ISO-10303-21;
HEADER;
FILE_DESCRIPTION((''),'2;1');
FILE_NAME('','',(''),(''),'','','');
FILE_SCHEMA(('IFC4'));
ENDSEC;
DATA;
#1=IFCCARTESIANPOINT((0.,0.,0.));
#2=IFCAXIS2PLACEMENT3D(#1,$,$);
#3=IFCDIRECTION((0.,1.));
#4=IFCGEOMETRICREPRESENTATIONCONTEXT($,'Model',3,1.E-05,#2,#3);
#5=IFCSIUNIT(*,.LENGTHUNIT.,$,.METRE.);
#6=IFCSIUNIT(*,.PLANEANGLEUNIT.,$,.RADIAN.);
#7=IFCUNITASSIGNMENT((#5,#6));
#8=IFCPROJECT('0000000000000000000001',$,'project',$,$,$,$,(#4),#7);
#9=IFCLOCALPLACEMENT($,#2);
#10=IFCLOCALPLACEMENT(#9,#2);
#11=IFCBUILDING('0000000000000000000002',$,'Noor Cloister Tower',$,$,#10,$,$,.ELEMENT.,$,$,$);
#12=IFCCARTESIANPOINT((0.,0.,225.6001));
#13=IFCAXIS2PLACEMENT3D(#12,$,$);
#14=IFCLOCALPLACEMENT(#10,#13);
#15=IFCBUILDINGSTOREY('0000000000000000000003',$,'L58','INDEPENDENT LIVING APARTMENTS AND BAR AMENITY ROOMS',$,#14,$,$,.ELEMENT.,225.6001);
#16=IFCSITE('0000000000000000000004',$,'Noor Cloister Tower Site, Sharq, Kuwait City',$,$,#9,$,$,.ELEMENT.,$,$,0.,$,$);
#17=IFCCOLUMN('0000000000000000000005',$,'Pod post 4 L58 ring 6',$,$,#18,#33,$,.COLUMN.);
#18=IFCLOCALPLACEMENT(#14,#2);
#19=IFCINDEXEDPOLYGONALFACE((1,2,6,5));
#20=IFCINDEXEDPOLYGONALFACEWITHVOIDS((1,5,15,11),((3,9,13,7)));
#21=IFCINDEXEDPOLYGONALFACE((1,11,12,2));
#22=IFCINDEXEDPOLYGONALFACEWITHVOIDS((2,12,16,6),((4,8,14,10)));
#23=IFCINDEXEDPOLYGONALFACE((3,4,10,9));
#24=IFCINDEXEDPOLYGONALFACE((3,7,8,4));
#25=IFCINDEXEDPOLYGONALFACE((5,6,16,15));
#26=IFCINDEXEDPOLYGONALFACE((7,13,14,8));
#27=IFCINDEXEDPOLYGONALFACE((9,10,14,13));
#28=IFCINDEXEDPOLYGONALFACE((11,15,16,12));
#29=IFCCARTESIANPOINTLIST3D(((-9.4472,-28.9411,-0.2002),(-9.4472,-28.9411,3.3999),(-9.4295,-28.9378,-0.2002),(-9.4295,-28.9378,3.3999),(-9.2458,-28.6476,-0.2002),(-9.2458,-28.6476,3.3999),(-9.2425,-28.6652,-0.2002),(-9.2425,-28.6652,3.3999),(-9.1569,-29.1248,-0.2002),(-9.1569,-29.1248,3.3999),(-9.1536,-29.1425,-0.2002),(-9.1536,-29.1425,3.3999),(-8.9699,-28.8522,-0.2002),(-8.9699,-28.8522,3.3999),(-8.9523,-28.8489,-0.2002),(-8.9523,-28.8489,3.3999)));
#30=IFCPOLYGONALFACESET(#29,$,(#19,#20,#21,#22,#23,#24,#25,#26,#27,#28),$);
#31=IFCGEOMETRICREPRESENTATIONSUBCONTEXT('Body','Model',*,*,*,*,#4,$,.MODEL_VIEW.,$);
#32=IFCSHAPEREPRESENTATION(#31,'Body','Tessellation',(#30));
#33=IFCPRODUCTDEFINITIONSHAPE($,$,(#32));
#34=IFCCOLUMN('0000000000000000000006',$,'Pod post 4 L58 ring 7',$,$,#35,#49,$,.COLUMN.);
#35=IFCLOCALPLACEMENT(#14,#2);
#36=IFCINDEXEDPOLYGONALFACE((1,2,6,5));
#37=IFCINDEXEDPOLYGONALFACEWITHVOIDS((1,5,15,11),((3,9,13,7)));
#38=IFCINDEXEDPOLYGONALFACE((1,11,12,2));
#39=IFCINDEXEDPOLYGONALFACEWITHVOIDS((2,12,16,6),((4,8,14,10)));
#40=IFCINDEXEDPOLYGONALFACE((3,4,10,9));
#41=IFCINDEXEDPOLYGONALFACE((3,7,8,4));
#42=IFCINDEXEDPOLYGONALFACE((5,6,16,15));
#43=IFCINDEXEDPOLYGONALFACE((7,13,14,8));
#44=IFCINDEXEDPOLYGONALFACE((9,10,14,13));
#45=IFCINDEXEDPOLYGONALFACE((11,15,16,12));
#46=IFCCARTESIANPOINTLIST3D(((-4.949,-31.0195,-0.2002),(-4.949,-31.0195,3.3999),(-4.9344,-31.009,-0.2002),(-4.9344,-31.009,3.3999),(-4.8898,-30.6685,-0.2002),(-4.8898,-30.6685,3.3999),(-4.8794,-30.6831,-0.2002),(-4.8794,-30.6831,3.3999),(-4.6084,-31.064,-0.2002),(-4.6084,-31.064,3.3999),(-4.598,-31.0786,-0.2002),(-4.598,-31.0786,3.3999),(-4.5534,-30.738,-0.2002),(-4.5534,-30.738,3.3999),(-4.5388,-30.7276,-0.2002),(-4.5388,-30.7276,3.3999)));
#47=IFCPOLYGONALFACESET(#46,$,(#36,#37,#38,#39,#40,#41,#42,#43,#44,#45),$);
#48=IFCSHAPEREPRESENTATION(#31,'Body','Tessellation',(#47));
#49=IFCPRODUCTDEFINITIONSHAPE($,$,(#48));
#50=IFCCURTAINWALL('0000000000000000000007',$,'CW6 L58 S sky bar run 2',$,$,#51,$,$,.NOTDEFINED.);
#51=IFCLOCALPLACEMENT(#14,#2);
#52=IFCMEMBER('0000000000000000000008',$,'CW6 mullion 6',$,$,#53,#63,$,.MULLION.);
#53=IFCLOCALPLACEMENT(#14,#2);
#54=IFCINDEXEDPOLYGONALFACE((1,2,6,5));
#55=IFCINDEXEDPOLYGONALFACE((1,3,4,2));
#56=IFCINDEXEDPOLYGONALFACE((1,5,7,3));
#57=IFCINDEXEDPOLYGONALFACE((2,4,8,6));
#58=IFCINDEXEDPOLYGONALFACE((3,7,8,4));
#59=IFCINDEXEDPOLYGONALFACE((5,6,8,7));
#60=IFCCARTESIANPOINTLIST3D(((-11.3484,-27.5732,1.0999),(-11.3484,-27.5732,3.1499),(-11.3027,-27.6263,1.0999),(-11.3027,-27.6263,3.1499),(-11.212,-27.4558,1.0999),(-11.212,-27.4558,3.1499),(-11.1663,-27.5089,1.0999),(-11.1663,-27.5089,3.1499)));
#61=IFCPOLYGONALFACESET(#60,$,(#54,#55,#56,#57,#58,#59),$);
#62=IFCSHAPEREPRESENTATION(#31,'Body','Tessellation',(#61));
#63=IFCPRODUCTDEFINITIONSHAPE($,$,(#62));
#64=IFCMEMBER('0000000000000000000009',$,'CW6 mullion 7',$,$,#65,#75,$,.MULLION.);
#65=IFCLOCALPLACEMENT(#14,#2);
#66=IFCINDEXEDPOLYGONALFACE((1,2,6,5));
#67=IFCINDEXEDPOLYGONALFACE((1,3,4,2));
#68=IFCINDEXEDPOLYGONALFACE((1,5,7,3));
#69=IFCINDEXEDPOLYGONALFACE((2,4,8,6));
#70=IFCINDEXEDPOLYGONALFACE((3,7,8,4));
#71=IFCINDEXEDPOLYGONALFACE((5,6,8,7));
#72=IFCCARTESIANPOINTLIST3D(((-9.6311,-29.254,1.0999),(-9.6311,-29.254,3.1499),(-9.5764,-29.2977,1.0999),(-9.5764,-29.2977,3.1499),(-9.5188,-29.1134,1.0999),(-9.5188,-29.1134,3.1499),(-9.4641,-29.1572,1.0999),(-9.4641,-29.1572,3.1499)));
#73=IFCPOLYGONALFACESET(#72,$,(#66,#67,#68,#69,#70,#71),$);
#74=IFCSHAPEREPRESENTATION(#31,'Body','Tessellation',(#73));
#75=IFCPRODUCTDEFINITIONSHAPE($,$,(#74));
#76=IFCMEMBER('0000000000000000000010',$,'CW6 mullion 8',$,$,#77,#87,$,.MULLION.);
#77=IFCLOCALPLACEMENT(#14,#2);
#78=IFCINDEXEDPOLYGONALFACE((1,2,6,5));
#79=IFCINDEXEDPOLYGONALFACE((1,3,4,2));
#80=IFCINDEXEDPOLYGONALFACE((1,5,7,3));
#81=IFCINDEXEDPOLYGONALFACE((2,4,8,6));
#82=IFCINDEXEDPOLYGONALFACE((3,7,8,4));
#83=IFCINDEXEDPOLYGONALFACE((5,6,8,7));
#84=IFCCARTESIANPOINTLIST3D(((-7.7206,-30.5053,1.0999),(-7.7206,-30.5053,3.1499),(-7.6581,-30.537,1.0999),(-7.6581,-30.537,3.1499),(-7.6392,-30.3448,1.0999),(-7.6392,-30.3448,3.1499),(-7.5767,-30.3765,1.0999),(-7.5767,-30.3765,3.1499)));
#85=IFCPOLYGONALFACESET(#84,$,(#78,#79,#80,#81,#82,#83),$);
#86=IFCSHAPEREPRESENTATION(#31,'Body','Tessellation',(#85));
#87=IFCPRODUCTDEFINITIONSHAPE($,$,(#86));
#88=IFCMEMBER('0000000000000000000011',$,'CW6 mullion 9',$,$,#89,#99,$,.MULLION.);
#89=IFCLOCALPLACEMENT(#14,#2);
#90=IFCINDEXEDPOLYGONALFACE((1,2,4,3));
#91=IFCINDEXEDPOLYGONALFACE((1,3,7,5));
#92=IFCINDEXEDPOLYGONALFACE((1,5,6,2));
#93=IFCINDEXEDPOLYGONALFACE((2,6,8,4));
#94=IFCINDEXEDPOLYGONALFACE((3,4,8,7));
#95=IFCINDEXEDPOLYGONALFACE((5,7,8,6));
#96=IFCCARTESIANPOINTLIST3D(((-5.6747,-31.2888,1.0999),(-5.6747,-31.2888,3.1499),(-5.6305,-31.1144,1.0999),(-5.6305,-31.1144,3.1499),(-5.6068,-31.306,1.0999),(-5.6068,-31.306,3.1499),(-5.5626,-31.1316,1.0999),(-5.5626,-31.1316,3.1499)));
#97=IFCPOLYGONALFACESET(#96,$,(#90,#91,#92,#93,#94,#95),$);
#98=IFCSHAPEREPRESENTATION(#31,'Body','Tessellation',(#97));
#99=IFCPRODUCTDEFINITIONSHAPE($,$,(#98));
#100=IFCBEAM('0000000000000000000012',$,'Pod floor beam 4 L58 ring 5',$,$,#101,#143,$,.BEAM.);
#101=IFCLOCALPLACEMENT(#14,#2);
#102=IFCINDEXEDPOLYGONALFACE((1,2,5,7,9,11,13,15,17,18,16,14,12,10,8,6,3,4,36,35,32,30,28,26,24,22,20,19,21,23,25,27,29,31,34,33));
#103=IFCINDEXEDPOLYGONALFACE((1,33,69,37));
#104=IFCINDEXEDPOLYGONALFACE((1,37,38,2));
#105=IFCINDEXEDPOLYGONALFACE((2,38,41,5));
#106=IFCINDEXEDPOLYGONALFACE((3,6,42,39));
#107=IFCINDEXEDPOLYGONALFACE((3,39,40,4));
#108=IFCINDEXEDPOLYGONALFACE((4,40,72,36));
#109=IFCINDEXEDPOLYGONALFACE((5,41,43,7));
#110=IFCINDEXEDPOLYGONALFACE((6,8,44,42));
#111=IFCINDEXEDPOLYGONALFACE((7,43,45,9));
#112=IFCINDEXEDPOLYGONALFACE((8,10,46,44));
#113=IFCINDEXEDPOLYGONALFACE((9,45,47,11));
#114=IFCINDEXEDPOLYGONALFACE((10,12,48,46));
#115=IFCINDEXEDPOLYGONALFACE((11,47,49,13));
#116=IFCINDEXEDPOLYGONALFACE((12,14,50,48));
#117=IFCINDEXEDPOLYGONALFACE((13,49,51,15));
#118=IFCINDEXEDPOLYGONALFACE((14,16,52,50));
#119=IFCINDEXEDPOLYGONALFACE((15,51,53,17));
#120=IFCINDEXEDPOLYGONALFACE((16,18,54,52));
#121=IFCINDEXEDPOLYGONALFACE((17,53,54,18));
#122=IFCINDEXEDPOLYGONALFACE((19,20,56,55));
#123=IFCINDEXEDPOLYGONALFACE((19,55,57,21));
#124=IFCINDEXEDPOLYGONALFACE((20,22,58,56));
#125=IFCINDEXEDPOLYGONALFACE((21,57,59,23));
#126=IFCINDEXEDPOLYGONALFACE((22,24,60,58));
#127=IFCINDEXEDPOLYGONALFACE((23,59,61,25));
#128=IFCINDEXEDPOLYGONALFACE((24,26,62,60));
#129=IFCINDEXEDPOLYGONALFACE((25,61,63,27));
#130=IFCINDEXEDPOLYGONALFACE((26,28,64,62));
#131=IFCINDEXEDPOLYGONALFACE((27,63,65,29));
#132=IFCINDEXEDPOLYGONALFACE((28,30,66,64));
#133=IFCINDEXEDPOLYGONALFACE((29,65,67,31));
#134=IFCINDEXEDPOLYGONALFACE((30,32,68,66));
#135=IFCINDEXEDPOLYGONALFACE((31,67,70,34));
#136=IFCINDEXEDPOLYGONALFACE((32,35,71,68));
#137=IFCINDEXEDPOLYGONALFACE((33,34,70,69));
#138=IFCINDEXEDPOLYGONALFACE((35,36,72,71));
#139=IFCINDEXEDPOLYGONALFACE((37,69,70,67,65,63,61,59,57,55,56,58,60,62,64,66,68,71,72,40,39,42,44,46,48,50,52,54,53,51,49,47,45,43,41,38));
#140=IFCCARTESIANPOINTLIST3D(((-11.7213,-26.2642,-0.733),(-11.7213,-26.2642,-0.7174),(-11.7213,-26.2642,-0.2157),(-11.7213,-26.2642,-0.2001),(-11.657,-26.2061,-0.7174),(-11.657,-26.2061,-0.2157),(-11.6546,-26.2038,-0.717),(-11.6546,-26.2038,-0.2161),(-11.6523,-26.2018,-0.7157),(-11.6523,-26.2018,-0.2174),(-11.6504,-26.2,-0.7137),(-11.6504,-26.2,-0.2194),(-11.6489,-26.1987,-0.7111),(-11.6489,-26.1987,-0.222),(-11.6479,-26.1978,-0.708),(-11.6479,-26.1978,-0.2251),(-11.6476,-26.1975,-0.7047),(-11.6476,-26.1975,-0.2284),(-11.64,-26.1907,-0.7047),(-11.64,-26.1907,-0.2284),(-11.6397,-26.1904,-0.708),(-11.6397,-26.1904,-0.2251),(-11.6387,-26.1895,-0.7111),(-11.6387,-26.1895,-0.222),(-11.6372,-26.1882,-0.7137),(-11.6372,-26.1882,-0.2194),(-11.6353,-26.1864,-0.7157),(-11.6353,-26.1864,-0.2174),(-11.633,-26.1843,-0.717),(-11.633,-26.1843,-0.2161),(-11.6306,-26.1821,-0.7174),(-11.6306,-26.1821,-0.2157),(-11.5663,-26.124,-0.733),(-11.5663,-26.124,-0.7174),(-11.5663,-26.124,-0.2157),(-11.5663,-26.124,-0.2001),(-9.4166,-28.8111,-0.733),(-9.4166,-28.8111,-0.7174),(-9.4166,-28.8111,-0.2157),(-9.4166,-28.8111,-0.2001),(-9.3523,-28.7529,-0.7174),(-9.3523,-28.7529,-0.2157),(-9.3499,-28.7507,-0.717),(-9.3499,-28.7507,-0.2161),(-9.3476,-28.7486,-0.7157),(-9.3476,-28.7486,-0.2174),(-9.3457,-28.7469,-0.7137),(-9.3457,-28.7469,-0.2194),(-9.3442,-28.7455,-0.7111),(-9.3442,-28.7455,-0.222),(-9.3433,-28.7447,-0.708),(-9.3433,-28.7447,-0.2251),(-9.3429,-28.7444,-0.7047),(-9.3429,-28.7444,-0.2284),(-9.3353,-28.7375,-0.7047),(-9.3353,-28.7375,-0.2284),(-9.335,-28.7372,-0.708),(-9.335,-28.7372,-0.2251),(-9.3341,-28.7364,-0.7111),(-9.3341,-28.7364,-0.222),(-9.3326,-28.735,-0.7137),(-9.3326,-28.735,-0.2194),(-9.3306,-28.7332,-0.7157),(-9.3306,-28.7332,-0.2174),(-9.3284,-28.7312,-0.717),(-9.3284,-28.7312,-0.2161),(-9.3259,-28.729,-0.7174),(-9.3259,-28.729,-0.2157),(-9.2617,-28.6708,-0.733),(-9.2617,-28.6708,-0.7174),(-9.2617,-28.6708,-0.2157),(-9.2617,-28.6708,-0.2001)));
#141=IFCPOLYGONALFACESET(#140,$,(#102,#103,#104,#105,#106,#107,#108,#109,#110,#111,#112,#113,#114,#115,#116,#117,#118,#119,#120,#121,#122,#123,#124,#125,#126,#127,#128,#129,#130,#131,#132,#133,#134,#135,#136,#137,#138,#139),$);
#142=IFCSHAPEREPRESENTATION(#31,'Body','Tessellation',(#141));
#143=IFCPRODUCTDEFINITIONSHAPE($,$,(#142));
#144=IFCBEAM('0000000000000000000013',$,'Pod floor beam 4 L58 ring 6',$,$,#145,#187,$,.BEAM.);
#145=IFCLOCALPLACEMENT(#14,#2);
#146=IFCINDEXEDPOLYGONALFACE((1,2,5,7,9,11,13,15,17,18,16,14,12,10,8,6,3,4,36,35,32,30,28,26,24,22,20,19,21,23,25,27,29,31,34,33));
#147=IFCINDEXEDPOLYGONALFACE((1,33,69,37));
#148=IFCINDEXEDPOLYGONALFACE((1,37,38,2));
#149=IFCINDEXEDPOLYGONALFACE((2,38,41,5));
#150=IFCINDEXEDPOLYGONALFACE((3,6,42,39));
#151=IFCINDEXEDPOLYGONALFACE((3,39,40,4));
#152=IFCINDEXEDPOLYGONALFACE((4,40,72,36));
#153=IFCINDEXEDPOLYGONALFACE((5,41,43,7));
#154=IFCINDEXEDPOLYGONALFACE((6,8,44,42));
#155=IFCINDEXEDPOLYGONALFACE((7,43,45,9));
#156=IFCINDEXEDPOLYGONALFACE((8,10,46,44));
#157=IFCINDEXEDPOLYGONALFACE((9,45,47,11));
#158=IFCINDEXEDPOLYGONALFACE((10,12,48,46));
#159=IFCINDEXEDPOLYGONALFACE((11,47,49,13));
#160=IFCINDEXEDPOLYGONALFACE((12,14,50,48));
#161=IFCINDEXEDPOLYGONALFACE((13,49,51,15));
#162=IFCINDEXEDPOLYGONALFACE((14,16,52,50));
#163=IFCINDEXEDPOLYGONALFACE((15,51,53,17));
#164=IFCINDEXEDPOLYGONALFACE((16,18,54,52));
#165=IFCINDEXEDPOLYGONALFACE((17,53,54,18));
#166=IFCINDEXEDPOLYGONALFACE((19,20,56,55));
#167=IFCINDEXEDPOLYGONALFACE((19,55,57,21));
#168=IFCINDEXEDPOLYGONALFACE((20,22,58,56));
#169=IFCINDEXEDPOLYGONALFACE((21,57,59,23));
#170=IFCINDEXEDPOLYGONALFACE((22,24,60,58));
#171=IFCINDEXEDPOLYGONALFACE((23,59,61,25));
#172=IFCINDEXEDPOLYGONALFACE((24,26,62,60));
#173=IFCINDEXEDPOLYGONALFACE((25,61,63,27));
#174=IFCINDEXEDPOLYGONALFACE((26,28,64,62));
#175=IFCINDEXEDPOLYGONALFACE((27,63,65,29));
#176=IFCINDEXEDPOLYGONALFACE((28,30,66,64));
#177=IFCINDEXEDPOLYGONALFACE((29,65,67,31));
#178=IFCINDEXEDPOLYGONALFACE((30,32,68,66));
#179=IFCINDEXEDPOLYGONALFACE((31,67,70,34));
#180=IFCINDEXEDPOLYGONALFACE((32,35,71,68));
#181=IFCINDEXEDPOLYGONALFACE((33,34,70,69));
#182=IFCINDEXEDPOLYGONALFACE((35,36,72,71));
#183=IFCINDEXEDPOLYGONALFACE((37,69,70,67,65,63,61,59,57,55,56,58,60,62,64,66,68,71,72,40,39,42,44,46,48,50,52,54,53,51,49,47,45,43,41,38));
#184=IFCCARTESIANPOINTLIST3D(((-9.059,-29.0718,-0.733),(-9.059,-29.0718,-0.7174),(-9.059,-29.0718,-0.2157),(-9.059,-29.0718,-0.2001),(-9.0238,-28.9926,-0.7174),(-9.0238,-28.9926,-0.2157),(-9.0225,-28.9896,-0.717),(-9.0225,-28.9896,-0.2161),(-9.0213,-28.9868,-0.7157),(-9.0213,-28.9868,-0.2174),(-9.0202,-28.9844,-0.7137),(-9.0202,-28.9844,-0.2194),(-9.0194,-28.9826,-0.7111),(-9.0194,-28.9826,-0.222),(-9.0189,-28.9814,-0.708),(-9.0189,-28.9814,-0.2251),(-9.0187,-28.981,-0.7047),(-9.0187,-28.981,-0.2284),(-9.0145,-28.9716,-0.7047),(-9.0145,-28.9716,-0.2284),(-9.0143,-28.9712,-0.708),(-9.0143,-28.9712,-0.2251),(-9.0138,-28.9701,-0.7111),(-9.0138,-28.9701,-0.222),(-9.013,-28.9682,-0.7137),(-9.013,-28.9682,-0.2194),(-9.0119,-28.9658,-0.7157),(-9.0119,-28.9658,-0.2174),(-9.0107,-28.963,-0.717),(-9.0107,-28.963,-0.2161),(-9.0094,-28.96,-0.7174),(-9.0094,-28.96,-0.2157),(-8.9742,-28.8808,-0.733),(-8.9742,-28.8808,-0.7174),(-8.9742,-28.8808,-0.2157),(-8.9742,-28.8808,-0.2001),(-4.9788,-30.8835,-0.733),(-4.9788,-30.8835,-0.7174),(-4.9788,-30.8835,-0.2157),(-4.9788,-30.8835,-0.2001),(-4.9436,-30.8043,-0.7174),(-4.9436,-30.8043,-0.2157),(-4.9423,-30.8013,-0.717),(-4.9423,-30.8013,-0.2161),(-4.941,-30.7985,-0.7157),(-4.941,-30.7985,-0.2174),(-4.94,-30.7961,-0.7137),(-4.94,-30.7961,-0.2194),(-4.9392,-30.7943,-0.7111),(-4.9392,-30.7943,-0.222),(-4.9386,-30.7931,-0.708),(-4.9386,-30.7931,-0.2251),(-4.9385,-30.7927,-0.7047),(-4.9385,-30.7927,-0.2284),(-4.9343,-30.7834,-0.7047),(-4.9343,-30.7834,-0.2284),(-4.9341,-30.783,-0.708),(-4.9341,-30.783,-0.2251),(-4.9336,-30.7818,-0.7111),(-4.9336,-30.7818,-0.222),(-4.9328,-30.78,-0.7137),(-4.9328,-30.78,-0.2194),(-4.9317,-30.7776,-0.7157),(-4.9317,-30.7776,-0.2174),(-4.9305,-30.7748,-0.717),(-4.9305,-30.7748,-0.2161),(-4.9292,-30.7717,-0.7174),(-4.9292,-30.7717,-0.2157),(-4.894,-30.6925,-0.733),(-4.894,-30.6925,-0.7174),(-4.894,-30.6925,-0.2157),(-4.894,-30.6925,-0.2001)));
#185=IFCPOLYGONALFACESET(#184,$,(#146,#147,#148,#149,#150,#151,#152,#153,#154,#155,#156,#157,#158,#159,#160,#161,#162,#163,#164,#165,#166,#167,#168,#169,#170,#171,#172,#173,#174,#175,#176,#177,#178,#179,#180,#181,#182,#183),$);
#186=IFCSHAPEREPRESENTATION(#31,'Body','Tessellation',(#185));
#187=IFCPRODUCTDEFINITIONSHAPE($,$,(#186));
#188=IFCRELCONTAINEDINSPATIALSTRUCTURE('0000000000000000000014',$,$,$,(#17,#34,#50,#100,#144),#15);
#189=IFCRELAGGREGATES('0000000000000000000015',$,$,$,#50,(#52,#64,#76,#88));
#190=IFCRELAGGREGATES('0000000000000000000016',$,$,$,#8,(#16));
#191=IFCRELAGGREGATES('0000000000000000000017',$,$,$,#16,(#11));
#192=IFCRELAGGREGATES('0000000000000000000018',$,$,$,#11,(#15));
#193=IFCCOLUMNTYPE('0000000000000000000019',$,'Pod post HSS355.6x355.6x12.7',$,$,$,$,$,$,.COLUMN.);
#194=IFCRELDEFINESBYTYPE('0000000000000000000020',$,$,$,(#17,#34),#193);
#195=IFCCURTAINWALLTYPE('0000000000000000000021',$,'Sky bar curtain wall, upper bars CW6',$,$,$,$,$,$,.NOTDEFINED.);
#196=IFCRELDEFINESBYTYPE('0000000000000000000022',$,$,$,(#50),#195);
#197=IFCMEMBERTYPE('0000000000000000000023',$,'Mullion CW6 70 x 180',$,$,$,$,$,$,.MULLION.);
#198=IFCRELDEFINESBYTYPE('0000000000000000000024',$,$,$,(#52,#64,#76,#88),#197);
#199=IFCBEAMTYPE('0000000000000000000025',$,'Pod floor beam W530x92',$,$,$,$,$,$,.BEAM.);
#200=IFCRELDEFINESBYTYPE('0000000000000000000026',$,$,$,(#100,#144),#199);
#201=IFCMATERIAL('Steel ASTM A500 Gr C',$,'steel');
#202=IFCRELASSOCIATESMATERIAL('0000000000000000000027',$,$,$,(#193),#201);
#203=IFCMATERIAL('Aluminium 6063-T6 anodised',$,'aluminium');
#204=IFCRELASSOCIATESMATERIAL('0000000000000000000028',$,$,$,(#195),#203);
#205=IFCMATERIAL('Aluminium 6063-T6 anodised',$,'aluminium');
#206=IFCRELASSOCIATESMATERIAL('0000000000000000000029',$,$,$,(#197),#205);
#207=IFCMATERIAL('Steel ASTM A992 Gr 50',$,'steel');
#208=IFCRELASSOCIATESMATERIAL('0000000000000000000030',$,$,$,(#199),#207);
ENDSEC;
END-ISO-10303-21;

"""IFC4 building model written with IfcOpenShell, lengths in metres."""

from ifc_helpers import new_model, si_unit, direction, frame, origin, origin_2d, place, context, subcontext, project, spatial, rectangle, hollow_rectangle, i_section, extrude, material, material_profile, profile_set, type_object, element, aggregate, save


model = new_model("IFC4")

# Units and contexts
model_context = context("Model", 3, precision=1e-05, world=origin(), true_north=direction((0.0, 1.0)))
body_context = subcontext(model_context, "Body", "Model", "MODEL_VIEW")
ifc_project = project(units=[si_unit("LENGTHUNIT", "METRE"), si_unit("PLANEANGLEUNIT", "RADIAN")], contexts=[model_context])

# Site, building, storey
site_placement = place(None, origin())
site = spatial("IfcSite", under=ifc_project, at=site_placement, Name="Noor Cloister Tower Site, Sharq, Kuwait City", CompositionType="ELEMENT", RefElevation=0.0)
building_placement = place(site_placement, origin())
building = spatial("IfcBuilding", under=site, at=building_placement, Name="Noor Cloister Tower", CompositionType="ELEMENT")
storey_placement = place(building_placement, frame((0.0, 0.0, 225.6001)))
storey = spatial("IfcBuildingStorey", under=building, at=storey_placement, Name="L58", Description="INDEPENDENT LIVING APARTMENTS AND BAR AMENITY ROOMS", CompositionType="ELEMENT", Elevation=225.6001)

# Columns
ifc_material_1 = material(Name="Steel ASTM A500 Gr C", Category="steel")
ifc_material_profile_1 = material_profile(ifc_material_1, hollow_rectangle(XDim=0.356, YDim=0.356, WallThickness=0.0127, at=origin_2d()), Name="HSS355.6x355.6x12.7")
ifc_profile_set_1 = profile_set([ifc_material_profile_1], Name="Steel ASTM A500 Gr C")
column_type = type_object("IfcColumnType", Name="Pod post HSS355.6x355.6x12.7", PredefinedType="COLUMN", material=ifc_profile_set_1)
for number, where, z_axis, x_axis, name in (
    (1, (-9.1997, -28.895, -0.2002), (0.0, 0.0, 1.0), (0.824617, -0.565692, 0.0), "Pod post 4 L58 ring 6"),
    (2, (-4.7439, -30.8735, -0.2002), (0.0, 0.0, 1.0), (0.98609, -0.166213, 0.0), "Pod post 4 L58 ring 7"),
):
    element("IfcColumn", number, at=place(storey_placement, frame(where, z_axis=z_axis, x_axis=x_axis)), inside=storey, type_object=column_type, Name=name, PredefinedType="COLUMN", context=body_context, shape_type="SweptSolid", body=[
        extrude(hollow_rectangle(XDim=0.356, YDim=0.356, WallThickness=0.0127, at=origin_2d()), origin(), (0.0, 0.0, 1.0), 3.6001),
    ])

# Curtain wall, members
ifc_material_2 = material(Name="Aluminium 6063-T6 anodised", Category="aluminium")
curtain_wall_type = type_object("IfcCurtainWallType", Name="Sky bar curtain wall, upper bars CW6", PredefinedType="NOTDEFINED", material=ifc_material_2)
curtain_wall_placement = place(storey_placement, origin())
curtain_wall = element("IfcCurtainWall", 3, at=curtain_wall_placement, inside=storey, type_object=curtain_wall_type, Name="CW6 L58 S sky bar run 2", PredefinedType="NOTDEFINED")
ifc_material_3 = material(Name="Aluminium 6063-T6 anodised", Category="aluminium")
ifc_material_profile_2 = material_profile(ifc_material_3, rectangle(XDim=0.1799, YDim=0.0701, at=origin_2d()), Name="180 x 70 mullion")
ifc_profile_set_2 = profile_set([ifc_material_profile_2], Name="Aluminium 6063-T6 anodised")
member_type = type_object("IfcMemberType", Name="Mullion CW6 70 x 180", PredefinedType="MULLION", material=ifc_profile_set_2)
member_1_placement = place(storey_placement, frame((-11.2573, -27.541, 1.0999), z_axis=(0.0, 0.0, 1.0), x_axis=(0.757871, 0.652405, 0.0)))
member_1 = element("IfcMember", 4, at=member_1_placement, type_object=member_type, Name="CW6 mullion 6", PredefinedType="MULLION", context=body_context, shape_type="SweptSolid", body=[
    extrude(rectangle(XDim=0.1799, YDim=0.0701, at=origin_2d()), origin(), (0.0, 0.0, 1.0), 2.05),
])
member_2_placement = place(storey_placement, frame((-9.5476, -29.2056, 1.0999), z_axis=(0.0, 0.0, 1.0), x_axis=(0.62441, 0.781097, 0.0)))
member_2 = element("IfcMember", 5, at=member_2_placement, type_object=member_type, Name="CW6 mullion 7", PredefinedType="MULLION", context=body_context, shape_type="SweptSolid", body=[
    extrude(rectangle(XDim=0.1799, YDim=0.0701, at=origin_2d()), origin(), (0.0, 0.0, 1.0), 2.05),
])
member_3_placement = place(storey_placement, frame((-7.6487, -30.4409, 1.0999), z_axis=(0.0, 0.0, 1.0), x_axis=(0.452451, 0.891789, 0.0)))
member_3 = element("IfcMember", 6, at=member_3_placement, type_object=member_type, Name="CW6 mullion 8", PredefinedType="MULLION", context=body_context, shape_type="SweptSolid", body=[
    extrude(rectangle(XDim=0.1799, YDim=0.0701, at=origin_2d()), origin(), (0.0, 0.0, 1.0), 2.05),
])
member_4_placement = place(storey_placement, frame((-5.6187, -31.2102, 1.0999), z_axis=(0.0, 0.0, 1.0), x_axis=(0.245277, 0.969453, 0.0)))
member_4 = element("IfcMember", 7, at=member_4_placement, type_object=member_type, Name="CW6 mullion 9", PredefinedType="MULLION", context=body_context, shape_type="SweptSolid", body=[
    extrude(rectangle(XDim=0.1799, YDim=0.0701, at=origin_2d()), origin(), (0.0, 0.0, 1.0), 2.05),
])

# Beams
ifc_material_4 = material(Name="Steel ASTM A992 Gr 50", Category="steel")
ifc_material_profile_3 = material_profile(ifc_material_4, i_section(OverallWidth=0.209, OverallDepth=0.533, WebThickness=0.0103, FlangeThickness=0.0156, FilletRadius=0.0127, at=origin_2d()), Name="W530x92")
ifc_profile_set_3 = profile_set([ifc_material_profile_3], Name="Steel ASTM A992 Gr 50")
beam_type = type_object("IfcBeamType", Name="Pod floor beam W530x92", PredefinedType="BEAM", material=ifc_profile_set_3)
beam_1_placement = place(storey_placement, frame((-11.6438, -26.1941, -0.4666), z_axis=(0.670973, -0.741482, 0.0), x_axis=(0.741482, 0.670973, 0.0)))
element("IfcBeam", 8, at=beam_1_placement, inside=storey, type_object=beam_type, Name="Pod floor beam 4 L58 ring 5", PredefinedType="BEAM", context=body_context, shape_type="SweptSolid", body=[
    extrude(i_section(OverallWidth=0.209, OverallDepth=0.533, WebThickness=0.0103, FlangeThickness=0.0156, FilletRadius=0.0127, at=origin_2d()), origin(), (0.0, 0.0, 1.0), 3.4348),
])
beam_2_placement = place(storey_placement, frame((-9.0166, -28.9763, -0.4666), z_axis=(0.913954, -0.405819, 0.0), x_axis=(0.405819, 0.913954, 0.0)))
element("IfcBeam", 9, at=beam_2_placement, inside=storey, type_object=beam_type, Name="Pod floor beam 4 L58 ring 6", PredefinedType="BEAM", context=body_context, shape_type="SweptSolid", body=[
    extrude(i_section(OverallWidth=0.209, OverallDepth=0.533, WebThickness=0.0103, FlangeThickness=0.0156, FilletRadius=0.0127, at=origin_2d()), origin(), (0.0, 0.0, 1.0), 4.4644),
])

aggregate(curtain_wall, [member_1, member_2, member_3, member_4])

save(model, "model.ifc")
